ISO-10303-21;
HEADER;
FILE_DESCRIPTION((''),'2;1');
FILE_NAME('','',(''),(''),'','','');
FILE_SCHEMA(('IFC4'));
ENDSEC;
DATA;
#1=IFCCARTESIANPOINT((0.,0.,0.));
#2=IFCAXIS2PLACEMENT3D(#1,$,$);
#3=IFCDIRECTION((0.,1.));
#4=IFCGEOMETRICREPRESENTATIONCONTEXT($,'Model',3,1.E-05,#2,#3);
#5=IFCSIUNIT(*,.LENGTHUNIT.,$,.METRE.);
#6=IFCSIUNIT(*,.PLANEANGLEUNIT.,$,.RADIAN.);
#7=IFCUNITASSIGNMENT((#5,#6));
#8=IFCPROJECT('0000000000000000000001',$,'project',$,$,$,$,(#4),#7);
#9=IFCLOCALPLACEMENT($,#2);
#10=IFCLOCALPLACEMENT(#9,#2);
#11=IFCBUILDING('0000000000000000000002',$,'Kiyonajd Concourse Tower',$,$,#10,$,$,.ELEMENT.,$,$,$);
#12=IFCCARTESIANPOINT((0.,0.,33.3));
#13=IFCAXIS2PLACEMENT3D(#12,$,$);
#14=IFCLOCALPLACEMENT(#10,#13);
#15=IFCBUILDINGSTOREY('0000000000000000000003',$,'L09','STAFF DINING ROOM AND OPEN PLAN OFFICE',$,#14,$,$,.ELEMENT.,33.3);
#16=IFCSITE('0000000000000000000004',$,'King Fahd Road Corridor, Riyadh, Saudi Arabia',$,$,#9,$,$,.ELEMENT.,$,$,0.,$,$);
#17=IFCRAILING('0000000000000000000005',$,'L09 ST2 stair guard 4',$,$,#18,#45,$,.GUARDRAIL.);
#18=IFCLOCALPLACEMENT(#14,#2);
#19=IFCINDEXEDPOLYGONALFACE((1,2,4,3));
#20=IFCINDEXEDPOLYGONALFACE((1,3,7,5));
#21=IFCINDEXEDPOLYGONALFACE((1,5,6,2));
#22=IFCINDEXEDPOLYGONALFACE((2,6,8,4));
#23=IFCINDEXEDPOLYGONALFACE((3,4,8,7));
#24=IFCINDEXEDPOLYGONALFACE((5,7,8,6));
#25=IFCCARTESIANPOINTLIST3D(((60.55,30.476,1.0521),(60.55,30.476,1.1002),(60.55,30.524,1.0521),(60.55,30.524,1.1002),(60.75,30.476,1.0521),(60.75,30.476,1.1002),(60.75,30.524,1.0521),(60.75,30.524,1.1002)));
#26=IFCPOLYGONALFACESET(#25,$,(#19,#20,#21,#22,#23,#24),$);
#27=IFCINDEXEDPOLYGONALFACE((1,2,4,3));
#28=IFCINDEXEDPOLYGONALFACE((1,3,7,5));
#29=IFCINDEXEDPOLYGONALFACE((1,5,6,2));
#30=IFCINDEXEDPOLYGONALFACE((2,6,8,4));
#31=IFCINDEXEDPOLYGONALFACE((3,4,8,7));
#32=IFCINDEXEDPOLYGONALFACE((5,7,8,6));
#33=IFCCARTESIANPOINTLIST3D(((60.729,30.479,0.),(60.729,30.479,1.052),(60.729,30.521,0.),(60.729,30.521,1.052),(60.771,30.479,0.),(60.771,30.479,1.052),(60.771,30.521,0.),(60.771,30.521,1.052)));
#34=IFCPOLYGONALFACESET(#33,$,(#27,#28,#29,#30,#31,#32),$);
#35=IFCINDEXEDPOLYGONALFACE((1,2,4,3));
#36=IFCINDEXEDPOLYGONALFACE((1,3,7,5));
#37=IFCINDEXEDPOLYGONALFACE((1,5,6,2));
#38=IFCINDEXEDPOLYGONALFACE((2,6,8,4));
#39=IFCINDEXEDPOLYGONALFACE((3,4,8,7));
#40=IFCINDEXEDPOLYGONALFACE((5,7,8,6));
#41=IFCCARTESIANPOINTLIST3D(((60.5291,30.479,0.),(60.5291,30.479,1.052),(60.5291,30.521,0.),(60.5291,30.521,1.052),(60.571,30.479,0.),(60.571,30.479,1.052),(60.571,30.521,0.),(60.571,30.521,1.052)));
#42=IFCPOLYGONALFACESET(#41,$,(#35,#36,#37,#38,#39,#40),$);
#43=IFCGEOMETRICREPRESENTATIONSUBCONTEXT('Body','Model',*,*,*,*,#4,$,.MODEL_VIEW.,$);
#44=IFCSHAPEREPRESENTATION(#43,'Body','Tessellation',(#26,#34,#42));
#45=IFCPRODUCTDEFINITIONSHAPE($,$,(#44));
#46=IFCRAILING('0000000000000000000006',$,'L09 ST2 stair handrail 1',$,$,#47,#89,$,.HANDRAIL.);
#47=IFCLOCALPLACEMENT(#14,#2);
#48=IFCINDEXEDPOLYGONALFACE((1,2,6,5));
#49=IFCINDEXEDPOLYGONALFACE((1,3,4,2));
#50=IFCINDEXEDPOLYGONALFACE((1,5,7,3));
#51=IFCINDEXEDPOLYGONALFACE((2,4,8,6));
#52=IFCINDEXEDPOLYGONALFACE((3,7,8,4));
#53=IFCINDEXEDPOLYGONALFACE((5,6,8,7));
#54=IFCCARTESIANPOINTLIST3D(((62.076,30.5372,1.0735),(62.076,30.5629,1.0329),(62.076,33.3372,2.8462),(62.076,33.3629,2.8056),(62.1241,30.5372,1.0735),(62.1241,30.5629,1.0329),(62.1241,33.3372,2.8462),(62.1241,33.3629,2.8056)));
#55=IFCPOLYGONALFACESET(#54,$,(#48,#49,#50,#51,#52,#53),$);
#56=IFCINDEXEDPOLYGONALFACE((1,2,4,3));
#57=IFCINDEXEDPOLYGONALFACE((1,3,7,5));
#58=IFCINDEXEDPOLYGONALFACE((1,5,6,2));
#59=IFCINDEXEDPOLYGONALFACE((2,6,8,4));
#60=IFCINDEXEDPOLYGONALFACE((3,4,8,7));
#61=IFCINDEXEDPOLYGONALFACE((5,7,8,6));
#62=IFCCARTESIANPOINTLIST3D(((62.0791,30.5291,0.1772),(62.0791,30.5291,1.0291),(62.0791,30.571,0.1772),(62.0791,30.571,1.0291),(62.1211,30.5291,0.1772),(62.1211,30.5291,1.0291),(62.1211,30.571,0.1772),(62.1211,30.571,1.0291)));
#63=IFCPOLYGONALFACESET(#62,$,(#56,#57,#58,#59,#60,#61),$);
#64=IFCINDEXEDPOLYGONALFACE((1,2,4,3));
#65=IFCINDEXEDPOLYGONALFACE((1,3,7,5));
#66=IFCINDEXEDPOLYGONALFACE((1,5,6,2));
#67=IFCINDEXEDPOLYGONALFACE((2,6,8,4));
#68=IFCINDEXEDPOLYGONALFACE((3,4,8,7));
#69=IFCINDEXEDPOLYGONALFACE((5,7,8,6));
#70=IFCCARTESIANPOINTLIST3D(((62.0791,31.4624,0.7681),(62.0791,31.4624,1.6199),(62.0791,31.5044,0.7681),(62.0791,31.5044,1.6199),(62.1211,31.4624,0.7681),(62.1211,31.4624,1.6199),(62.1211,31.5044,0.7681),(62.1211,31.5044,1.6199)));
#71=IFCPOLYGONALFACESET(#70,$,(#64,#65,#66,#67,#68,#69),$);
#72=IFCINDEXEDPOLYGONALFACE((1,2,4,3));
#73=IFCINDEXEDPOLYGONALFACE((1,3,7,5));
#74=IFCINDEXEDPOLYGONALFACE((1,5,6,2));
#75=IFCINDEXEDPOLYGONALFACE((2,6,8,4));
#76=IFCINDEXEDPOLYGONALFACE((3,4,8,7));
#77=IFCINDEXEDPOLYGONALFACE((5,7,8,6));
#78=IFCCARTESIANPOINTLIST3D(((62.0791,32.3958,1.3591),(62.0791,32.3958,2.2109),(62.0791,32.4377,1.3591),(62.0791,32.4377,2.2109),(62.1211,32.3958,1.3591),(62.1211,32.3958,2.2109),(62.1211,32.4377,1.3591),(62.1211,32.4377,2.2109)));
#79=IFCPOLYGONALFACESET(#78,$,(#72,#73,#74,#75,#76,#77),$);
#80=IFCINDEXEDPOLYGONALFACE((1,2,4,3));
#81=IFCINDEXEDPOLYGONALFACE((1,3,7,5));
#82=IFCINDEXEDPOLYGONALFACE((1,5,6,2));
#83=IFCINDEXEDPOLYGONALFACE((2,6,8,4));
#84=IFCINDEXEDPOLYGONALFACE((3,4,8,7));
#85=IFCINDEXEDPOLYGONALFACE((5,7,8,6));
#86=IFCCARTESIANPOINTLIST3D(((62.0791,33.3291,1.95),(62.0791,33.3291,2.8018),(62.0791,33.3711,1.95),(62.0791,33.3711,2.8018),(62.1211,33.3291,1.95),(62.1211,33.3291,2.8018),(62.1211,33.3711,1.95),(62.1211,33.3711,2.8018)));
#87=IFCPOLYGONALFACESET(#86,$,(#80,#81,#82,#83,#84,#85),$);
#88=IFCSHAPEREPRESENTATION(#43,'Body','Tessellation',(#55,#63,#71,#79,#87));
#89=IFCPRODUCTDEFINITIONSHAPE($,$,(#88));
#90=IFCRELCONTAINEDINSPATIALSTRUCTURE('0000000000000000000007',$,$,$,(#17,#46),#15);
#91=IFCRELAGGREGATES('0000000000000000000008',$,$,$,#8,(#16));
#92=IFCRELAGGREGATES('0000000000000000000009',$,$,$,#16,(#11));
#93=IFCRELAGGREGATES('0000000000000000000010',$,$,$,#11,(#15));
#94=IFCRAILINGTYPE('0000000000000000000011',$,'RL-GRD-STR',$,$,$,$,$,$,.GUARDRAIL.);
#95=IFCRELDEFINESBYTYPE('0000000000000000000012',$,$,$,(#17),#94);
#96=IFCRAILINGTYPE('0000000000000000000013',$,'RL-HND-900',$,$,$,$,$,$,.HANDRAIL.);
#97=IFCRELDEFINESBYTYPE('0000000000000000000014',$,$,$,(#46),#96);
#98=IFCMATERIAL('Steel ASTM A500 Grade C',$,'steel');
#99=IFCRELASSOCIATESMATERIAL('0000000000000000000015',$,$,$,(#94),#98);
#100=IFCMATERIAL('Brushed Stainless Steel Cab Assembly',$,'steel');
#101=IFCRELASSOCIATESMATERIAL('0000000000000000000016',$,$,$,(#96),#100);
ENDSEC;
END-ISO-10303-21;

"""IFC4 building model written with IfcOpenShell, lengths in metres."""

from ifc_helpers import new_model, si_unit, direction, frame, origin, origin_2d, place, context, subcontext, project, spatial, rectangle, extrude, material, type_object, element, save


model = new_model("IFC4")

# Units and contexts
model_context = context("Model", 3, precision=1e-05, world=origin(), true_north=direction((0.0, 1.0)))
body_context = subcontext(model_context, "Body", "Model", "MODEL_VIEW")
ifc_project = project(units=[si_unit("LENGTHUNIT", "METRE"), si_unit("PLANEANGLEUNIT", "RADIAN")], contexts=[model_context])

# Site, building, storey
site_placement = place(None, origin())
site = spatial("IfcSite", under=ifc_project, at=site_placement, Name="King Fahd Road Corridor, Riyadh, Saudi Arabia", CompositionType="ELEMENT", RefElevation=0.0)
building_placement = place(site_placement, origin())
building = spatial("IfcBuilding", under=site, at=building_placement, Name="Kiyonajd Concourse Tower", CompositionType="ELEMENT")
storey_placement = place(building_placement, frame((0.0, 0.0, 33.3)))
storey = spatial("IfcBuildingStorey", under=building, at=storey_placement, Name="L09", Description="STAFF DINING ROOM AND OPEN PLAN OFFICE", CompositionType="ELEMENT", Elevation=33.3)

# Railings
ifc_material_1 = material(Name="Steel ASTM A500 Grade C", Category="steel")
railing_type_1 = type_object("IfcRailingType", Name="RL-GRD-STR", PredefinedType="GUARDRAIL", material=ifc_material_1)
railing_1_placement = place(storey_placement, frame((60.75, 30.5, 0.0)))
element("IfcRailing", 1, at=railing_1_placement, inside=storey, type_object=railing_type_1, Name="L09 ST2 stair guard 4", PredefinedType="GUARDRAIL", context=body_context, shape_type="SweptSolid", body=[
    extrude(rectangle(XDim=0.0481, YDim=0.0481, at=origin_2d()), frame((0.0, 0.0, 1.0762), z_axis=(-1.0, 0.0, 0.0), x_axis=(0.0, -1.0, 0.0)), (0.0, 0.0, 1.0), 0.2),
    extrude(rectangle(XDim=0.042, YDim=0.042, at=origin_2d()), origin(), (0.0, 0.0, 1.0), 1.052),
    extrude(rectangle(XDim=0.042, YDim=0.042, at=origin_2d()), frame((-0.2, 0.0, 0.0)), (0.0, 0.0, 1.0), 1.052),
])
ifc_material_2 = material(Name="Brushed Stainless Steel Cab Assembly", Category="steel")
railing_type_2 = type_object("IfcRailingType", Name="RL-HND-900", PredefinedType="HANDRAIL", material=ifc_material_2)
railing_2_placement = place(storey_placement, frame((62.1001, 30.55, 0.1772)))
element("IfcRailing", 2, at=railing_2_placement, inside=storey, type_object=railing_type_2, Name="L09 ST2 stair handrail 1", PredefinedType="HANDRAIL", context=body_context, shape_type="SweptSolid", body=[
    extrude(rectangle(XDim=0.0481, YDim=0.0481, at=origin_2d()), frame((0.0, 0.0, 0.876), z_axis=(0.0, 0.844909, 0.53491), x_axis=(-1.0, 0.0, 0.0)), (0.0, 0.0, 1.0), 3.314),
    extrude(rectangle(XDim=0.042, YDim=0.042, at=origin_2d()), origin(), (0.0, 0.0, 1.0), 0.8518),
    extrude(rectangle(XDim=0.042, YDim=0.042, at=origin_2d()), frame((0.0, 0.9333, 0.5908)), (0.0, 0.0, 1.0), 0.8518),
    extrude(rectangle(XDim=0.042, YDim=0.042, at=origin_2d()), frame((0.0, 1.8667, 1.1819)), (0.0, 0.0, 1.0), 0.8518),
    extrude(rectangle(XDim=0.042, YDim=0.042, at=origin_2d()), frame((0.0, 2.8, 1.7727)), (0.0, 0.0, 1.0), 0.8518),
])

save(model, "model.ifc")
